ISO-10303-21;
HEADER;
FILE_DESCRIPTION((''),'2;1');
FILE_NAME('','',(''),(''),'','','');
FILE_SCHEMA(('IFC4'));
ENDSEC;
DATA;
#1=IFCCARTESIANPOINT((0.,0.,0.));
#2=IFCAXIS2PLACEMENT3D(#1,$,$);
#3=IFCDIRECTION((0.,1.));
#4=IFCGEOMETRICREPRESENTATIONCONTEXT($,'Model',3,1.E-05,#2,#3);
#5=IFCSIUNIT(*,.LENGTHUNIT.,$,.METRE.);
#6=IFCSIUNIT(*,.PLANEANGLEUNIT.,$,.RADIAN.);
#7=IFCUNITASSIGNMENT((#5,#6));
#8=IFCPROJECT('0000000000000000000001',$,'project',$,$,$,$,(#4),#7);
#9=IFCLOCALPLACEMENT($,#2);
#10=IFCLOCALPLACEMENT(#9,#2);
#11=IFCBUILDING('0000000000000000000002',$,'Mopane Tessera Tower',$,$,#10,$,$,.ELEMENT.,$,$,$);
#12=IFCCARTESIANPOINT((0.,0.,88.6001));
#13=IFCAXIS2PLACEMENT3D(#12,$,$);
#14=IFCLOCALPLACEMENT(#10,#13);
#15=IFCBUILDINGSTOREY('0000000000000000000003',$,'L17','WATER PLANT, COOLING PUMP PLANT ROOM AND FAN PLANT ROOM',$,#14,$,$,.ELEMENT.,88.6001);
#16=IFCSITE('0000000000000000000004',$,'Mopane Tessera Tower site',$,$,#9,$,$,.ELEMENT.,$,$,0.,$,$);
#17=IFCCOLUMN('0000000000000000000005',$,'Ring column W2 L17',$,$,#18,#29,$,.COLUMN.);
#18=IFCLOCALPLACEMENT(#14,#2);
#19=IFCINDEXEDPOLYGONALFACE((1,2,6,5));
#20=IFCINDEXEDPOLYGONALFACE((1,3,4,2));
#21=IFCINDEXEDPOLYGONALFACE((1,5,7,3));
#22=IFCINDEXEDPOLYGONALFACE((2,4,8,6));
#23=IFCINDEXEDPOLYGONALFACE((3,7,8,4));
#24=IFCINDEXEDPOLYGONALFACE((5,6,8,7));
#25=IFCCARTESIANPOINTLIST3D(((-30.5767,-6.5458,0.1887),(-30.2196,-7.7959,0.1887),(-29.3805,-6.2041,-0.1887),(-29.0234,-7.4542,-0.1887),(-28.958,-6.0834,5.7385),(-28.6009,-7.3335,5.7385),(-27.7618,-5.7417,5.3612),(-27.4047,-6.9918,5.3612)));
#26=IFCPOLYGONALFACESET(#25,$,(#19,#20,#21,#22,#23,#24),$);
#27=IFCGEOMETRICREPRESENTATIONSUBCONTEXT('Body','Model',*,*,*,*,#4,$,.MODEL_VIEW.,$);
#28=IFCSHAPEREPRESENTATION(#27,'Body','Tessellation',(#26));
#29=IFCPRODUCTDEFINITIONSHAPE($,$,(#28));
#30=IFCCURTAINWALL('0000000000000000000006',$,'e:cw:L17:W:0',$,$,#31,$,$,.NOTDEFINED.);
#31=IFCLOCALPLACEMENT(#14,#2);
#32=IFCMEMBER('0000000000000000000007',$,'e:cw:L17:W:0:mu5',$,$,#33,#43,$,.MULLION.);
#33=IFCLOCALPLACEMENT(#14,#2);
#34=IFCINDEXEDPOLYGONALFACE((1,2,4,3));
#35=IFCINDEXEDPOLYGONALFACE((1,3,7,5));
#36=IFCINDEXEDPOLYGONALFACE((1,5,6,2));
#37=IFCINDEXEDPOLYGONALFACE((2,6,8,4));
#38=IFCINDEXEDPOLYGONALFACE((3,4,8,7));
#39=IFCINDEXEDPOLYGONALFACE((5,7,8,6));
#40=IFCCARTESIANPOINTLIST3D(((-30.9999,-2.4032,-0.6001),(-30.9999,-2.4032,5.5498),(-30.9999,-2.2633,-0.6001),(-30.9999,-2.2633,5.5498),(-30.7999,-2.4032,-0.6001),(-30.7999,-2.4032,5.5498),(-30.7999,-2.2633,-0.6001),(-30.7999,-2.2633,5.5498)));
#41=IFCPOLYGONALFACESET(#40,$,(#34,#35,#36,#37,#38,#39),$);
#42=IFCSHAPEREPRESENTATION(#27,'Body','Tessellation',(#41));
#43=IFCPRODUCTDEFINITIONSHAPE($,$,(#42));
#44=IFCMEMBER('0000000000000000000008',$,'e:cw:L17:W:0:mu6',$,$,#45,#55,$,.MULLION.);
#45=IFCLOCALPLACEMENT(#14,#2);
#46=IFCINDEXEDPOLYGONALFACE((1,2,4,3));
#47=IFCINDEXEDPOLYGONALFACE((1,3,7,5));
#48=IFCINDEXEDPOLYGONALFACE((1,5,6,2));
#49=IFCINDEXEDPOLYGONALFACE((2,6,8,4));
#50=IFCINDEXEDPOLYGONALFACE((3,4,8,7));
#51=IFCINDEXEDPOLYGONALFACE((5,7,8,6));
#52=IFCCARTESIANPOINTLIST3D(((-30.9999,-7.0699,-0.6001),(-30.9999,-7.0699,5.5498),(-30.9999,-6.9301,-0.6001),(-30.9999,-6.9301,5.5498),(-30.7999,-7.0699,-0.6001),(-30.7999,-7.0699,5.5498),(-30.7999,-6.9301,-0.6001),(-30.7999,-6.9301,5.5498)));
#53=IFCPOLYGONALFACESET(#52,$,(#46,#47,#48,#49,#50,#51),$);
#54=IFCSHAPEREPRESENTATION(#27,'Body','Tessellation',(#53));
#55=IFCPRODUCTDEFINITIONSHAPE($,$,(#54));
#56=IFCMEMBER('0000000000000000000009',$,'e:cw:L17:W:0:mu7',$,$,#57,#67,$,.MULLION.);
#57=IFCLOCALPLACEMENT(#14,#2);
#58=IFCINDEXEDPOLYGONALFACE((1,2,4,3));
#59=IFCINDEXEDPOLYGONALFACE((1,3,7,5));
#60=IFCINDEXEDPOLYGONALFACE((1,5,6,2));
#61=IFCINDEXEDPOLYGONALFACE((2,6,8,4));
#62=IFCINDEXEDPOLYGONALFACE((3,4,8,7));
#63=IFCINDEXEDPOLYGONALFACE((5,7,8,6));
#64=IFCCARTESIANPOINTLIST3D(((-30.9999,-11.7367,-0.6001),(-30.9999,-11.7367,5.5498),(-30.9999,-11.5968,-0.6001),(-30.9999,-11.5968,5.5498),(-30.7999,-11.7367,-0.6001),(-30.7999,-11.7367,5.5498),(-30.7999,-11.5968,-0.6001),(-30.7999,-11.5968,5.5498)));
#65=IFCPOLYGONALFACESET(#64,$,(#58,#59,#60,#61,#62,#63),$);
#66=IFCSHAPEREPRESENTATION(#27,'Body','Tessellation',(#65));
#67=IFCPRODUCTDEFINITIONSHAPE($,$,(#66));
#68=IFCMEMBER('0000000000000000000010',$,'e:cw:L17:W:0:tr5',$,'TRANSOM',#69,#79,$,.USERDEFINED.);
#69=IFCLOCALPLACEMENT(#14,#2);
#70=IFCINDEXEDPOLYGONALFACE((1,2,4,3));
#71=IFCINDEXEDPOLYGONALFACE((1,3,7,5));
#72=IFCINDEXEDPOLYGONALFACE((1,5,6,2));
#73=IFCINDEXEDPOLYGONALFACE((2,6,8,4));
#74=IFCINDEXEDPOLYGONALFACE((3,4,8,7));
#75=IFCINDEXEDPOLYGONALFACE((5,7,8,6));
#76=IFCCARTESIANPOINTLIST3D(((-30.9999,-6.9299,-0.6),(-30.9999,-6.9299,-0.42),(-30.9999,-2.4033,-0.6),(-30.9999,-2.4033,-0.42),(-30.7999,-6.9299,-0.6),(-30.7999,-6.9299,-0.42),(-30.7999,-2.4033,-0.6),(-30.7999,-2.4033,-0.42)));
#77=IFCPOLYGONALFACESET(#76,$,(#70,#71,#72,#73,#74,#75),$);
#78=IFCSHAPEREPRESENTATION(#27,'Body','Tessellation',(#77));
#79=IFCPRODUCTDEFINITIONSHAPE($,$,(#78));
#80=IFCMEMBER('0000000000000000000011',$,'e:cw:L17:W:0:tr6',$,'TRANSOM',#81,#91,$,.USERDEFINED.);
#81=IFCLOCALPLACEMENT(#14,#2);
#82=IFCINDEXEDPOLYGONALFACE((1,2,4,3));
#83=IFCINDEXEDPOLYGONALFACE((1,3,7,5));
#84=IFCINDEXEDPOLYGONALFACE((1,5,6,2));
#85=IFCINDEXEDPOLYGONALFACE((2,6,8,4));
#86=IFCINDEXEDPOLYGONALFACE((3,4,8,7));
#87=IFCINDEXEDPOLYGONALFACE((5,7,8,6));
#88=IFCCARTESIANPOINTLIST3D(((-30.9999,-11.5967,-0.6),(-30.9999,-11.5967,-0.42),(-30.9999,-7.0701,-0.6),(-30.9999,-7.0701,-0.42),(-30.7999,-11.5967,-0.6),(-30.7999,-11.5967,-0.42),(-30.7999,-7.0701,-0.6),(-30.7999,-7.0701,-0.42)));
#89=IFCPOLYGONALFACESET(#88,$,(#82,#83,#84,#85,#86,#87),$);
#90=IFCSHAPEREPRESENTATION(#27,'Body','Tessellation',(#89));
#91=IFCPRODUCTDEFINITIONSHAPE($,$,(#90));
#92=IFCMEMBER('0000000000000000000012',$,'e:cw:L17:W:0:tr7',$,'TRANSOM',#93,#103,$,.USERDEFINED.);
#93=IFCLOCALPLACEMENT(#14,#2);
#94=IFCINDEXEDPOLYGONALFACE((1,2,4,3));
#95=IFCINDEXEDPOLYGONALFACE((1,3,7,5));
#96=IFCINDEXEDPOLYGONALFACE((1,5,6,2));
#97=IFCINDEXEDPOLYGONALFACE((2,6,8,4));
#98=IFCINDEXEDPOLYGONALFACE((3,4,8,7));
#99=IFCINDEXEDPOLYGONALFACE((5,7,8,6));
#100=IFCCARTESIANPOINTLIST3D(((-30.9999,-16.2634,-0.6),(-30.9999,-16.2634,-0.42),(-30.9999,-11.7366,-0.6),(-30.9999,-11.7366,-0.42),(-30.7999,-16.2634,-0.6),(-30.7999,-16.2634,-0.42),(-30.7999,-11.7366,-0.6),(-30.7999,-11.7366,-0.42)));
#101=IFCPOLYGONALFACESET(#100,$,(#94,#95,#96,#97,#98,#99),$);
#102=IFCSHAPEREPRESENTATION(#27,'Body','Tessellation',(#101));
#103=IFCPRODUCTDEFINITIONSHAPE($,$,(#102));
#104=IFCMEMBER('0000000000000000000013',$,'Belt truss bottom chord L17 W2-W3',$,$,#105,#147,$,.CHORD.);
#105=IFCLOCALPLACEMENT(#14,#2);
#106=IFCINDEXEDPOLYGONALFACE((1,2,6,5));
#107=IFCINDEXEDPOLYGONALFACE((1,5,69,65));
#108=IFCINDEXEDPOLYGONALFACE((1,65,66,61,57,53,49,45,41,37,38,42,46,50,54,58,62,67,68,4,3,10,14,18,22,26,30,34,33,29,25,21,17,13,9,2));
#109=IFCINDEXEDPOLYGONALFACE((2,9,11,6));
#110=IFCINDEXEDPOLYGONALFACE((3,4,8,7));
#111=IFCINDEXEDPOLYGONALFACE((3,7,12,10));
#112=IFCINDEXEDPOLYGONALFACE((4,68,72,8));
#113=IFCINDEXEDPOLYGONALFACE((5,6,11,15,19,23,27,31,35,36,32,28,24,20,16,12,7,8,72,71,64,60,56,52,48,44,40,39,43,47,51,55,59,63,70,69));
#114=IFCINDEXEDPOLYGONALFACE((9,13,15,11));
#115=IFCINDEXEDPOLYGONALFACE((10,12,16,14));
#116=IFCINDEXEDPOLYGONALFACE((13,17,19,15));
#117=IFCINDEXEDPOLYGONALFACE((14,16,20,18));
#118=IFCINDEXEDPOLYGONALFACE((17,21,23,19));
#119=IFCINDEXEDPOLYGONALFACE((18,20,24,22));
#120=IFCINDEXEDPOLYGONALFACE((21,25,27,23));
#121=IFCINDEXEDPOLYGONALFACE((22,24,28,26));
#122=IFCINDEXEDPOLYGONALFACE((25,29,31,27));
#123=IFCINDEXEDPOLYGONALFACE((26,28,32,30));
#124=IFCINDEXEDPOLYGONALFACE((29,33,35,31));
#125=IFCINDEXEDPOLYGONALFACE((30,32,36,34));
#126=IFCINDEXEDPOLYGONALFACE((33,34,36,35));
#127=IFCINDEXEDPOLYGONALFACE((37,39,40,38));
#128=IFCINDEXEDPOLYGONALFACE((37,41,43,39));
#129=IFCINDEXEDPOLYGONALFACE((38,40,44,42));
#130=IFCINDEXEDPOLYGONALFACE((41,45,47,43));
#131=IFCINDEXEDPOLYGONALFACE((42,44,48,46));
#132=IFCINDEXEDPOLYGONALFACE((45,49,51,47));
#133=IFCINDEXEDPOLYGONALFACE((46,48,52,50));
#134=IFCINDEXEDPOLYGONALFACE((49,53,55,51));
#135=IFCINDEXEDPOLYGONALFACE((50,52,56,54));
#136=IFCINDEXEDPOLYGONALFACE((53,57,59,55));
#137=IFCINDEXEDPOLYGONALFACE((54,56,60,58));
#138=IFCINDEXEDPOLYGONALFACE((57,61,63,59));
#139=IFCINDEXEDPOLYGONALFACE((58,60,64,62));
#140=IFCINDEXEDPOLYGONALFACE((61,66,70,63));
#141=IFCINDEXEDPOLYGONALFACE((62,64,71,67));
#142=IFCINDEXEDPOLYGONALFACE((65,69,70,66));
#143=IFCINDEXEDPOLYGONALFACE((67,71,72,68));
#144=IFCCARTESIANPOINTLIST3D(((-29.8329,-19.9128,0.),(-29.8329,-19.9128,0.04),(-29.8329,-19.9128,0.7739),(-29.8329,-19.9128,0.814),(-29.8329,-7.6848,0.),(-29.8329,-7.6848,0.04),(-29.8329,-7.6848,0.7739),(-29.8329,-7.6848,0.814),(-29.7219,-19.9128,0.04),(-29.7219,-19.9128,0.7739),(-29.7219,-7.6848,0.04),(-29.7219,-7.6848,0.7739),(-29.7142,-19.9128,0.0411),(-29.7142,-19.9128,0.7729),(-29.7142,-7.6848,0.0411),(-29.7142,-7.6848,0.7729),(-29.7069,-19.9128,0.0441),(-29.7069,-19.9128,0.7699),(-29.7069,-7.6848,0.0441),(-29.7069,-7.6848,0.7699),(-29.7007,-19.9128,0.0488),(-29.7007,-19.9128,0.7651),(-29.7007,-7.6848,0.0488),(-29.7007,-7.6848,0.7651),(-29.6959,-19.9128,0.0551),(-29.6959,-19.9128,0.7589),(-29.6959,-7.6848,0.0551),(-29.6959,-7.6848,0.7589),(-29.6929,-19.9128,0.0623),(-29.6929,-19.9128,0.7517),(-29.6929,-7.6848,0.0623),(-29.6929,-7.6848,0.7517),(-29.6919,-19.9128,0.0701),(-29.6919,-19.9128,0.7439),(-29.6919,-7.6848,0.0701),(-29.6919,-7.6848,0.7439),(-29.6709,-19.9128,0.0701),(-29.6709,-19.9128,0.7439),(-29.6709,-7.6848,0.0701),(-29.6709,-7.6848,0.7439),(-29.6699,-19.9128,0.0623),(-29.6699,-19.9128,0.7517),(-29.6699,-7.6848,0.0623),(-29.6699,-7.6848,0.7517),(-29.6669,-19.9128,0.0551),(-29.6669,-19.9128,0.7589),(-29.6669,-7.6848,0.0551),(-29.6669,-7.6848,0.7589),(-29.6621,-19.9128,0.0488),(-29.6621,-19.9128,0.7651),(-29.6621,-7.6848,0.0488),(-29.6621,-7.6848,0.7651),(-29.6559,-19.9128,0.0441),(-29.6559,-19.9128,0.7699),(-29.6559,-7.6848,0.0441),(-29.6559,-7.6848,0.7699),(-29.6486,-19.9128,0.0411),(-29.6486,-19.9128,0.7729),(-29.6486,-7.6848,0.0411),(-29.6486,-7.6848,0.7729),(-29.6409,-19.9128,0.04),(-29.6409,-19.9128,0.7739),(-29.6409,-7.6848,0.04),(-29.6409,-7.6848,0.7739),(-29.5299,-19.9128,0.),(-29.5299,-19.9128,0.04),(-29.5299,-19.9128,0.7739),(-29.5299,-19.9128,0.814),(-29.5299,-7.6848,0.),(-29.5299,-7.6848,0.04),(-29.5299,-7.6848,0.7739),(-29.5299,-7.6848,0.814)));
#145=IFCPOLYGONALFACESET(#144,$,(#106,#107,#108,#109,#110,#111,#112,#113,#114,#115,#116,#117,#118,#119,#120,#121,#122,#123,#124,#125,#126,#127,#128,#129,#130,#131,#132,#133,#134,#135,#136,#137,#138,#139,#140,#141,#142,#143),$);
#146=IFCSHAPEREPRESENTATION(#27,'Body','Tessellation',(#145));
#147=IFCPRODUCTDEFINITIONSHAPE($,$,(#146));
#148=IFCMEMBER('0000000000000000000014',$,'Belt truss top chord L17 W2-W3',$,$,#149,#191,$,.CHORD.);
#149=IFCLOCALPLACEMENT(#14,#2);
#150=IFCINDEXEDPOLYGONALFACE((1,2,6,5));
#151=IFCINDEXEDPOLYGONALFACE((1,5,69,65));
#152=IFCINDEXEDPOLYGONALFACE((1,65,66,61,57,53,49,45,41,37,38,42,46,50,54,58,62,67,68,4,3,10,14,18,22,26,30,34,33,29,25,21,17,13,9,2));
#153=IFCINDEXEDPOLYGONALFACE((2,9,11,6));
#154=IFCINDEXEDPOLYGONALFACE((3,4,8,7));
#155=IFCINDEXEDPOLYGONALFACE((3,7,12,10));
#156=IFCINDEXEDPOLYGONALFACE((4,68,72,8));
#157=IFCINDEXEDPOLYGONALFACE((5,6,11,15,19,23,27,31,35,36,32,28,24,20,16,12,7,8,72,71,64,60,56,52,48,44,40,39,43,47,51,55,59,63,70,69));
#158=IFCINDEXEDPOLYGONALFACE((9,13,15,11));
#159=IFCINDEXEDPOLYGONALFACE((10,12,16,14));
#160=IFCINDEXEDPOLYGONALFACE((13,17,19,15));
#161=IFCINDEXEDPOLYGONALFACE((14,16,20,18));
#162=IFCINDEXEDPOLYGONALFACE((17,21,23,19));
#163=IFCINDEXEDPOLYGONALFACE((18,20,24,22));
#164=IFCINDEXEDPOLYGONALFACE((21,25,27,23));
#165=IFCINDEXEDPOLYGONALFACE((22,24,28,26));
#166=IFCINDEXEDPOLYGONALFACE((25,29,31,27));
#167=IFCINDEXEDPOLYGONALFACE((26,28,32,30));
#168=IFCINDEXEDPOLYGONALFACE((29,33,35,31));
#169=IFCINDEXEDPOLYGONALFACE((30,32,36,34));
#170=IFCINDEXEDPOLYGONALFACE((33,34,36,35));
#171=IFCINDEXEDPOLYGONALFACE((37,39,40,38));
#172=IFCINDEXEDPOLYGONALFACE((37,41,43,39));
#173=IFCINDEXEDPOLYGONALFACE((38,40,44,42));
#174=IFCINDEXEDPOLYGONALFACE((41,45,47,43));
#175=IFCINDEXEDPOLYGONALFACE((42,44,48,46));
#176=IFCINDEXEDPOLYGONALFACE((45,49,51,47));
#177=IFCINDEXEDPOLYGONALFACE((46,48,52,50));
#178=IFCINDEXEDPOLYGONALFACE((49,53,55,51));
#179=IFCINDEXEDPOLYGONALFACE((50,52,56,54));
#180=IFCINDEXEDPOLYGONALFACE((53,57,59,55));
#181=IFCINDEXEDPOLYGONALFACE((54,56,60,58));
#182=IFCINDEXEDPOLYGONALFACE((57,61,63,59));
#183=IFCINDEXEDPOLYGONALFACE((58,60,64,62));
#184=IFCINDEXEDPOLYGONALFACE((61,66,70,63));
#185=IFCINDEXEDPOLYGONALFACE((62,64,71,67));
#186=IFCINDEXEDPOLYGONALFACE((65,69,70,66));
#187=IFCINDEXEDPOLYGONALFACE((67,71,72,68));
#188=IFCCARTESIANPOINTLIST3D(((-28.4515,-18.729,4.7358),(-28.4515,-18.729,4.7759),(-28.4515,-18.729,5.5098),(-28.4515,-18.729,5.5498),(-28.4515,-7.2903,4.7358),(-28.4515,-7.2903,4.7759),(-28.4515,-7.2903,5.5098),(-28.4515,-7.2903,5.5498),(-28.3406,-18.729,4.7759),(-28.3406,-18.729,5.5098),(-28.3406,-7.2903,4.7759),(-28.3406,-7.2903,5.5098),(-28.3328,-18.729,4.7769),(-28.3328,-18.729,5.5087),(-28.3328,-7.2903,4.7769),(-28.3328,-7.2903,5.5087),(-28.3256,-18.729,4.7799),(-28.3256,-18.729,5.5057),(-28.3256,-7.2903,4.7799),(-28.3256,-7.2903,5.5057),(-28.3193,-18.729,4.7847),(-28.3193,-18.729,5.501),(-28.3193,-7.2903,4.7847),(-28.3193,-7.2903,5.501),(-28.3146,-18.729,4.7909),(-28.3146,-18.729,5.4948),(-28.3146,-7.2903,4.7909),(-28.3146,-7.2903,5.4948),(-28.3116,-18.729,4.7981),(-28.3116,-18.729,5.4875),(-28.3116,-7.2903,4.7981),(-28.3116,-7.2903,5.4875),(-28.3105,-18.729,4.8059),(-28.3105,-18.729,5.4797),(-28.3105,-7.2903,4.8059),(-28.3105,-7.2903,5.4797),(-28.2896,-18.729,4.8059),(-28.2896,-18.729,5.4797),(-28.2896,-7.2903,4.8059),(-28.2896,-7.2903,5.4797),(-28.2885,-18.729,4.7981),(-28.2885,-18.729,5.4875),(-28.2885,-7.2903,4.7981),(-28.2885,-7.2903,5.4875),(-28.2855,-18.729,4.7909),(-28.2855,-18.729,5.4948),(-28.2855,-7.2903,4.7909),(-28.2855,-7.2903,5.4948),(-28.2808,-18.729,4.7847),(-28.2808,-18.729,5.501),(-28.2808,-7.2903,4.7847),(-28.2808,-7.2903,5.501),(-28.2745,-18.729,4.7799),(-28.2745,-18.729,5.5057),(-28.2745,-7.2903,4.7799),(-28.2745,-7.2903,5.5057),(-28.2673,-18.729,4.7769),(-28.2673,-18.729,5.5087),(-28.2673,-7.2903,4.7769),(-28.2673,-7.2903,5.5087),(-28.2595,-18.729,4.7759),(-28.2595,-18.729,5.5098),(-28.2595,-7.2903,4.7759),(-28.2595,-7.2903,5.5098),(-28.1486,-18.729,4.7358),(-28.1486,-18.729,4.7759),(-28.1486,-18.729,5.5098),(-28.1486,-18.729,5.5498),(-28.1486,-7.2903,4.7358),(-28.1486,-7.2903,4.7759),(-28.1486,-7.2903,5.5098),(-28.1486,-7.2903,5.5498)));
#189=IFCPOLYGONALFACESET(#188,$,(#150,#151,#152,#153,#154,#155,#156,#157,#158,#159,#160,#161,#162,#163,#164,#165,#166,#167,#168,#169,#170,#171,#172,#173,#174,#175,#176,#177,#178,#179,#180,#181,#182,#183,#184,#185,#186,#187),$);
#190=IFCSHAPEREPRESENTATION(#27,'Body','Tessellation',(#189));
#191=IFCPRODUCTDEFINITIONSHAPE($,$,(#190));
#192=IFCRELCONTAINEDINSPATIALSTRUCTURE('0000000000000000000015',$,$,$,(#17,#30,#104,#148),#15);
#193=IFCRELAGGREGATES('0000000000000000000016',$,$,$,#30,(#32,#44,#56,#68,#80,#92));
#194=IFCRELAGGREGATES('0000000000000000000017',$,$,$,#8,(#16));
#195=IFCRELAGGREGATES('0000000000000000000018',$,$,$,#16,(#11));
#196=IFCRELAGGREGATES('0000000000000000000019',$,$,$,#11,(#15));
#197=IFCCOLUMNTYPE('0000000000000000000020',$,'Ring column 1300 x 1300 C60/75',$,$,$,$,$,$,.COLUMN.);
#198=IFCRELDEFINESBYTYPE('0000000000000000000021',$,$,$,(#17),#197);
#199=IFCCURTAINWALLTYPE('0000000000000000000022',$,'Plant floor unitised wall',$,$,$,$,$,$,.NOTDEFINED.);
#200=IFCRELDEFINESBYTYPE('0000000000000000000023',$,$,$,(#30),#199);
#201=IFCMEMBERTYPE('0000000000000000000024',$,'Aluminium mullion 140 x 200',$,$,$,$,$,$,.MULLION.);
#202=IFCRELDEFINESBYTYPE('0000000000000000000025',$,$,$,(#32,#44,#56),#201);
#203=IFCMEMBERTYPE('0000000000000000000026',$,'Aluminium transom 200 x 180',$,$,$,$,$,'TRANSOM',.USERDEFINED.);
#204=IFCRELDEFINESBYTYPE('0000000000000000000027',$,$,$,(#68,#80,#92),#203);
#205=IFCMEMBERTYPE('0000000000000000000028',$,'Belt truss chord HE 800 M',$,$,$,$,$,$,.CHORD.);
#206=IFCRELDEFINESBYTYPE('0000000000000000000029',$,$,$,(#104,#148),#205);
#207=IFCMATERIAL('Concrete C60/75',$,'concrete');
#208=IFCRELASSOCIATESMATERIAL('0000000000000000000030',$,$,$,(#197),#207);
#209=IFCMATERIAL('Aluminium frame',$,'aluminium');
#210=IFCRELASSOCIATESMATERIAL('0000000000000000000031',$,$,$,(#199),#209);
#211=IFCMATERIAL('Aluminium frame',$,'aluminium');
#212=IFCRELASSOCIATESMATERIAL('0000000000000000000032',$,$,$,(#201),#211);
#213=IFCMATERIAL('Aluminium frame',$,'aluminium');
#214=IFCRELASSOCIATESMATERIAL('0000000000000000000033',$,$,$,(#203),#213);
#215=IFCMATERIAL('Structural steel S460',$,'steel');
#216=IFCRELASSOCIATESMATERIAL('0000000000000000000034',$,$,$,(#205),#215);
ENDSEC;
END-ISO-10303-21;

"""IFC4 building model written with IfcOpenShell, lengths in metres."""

from ifc_helpers import new_model, si_unit, direction, frame, origin, origin_2d, place, context, subcontext, project, spatial, rectangle, i_section, extrude, material, material_profile, profile_set, type_object, element, aggregate, save


model = new_model("IFC4")

# Units and contexts
model_context = context("Model", 3, precision=1e-05, world=origin(), true_north=direction((0.0, 1.0)))
body_context = subcontext(model_context, "Body", "Model", "MODEL_VIEW")
ifc_project = project(units=[si_unit("LENGTHUNIT", "METRE"), si_unit("PLANEANGLEUNIT", "RADIAN")], contexts=[model_context])

# Site, building, storey
site_placement = place(None, origin())
site = spatial("IfcSite", under=ifc_project, at=site_placement, Name="Mopane Tessera Tower site", CompositionType="ELEMENT", RefElevation=0.0)
building_placement = place(site_placement, origin())
building = spatial("IfcBuilding", under=site, at=building_placement, Name="Mopane Tessera Tower", CompositionType="ELEMENT")
storey_placement = place(building_placement, frame((0.0, 0.0, 88.6001)))
storey = spatial("IfcBuildingStorey", under=building, at=storey_placement, Name="L17", Description="WATER PLANT, COOLING PUMP PLANT ROOM AND FAN PLANT ROOM", CompositionType="ELEMENT", Elevation=88.6001)

# Column
ifc_material_1 = material(Name="Concrete C60/75", Category="concrete")
ifc_material_profile_1 = material_profile(ifc_material_1, rectangle(XDim=1.3, YDim=1.3, at=origin_2d()))
ifc_profile_set_1 = profile_set([ifc_material_profile_1], Name="Concrete C60/75")
column_type = type_object("IfcColumnType", Name="Ring column 1300 x 1300 C60/75", PredefinedType="COLUMN", material=ifc_profile_set_1)
column_placement = place(storey_placement, frame((-29.8, -7.0, 0.0), z_axis=(0.279102, 0.079731, 0.956946), x_axis=(-0.274683, 0.961535, 0.0)))
element("IfcColumn", 1, at=column_placement, inside=storey, type_object=column_type, Name="Ring column W2 L17", PredefinedType="COLUMN", context=body_context, shape_type="SweptSolid", body=[
    extrude(rectangle(XDim=1.3, YDim=1.3, at=origin_2d()), origin(), (0.0, 0.0, 1.0), 5.7996),
])

# Curtain wall, members
ifc_material_2 = material(Name="Aluminium frame", Category="aluminium")
curtain_wall_type = type_object("IfcCurtainWallType", Name="Plant floor unitised wall", PredefinedType="NOTDEFINED", material=ifc_material_2)
curtain_wall_placement = place(storey_placement, origin())
curtain_wall = element("IfcCurtainWall", 2, at=curtain_wall_placement, inside=storey, type_object=curtain_wall_type, Name="e:cw:L17:W:0", PredefinedType="NOTDEFINED")
ifc_material_3 = material(Name="Aluminium frame", Category="aluminium")
ifc_material_profile_2 = material_profile(ifc_material_3, rectangle(XDim=0.1399, YDim=0.2, at=origin_2d()))
ifc_profile_set_2 = profile_set([ifc_material_profile_2], Name="Aluminium frame")
member_type_1 = type_object("IfcMemberType", Name="Aluminium mullion 140 x 200", PredefinedType="MULLION", material=ifc_profile_set_2)
member_1_placement = place(storey_placement, frame((-30.8999, -2.3333, -0.6001), z_axis=(0.0, 0.0, 1.0), x_axis=(0.0, -1.0, 0.0)))
member_1 = element("IfcMember", 3, at=member_1_placement, type_object=member_type_1, Name="e:cw:L17:W:0:mu5", PredefinedType="MULLION", context=body_context, shape_type="SweptSolid", body=[
    extrude(rectangle(XDim=0.1399, YDim=0.2, at=origin_2d()), origin(), (0.0, 0.0, 1.0), 6.1499),
])
member_2_placement = place(storey_placement, frame((-30.8999, -7.0, -0.6001), z_axis=(0.0, 0.0, 1.0), x_axis=(0.0, -1.0, 0.0)))
member_2 = element("IfcMember", 4, at=member_2_placement, type_object=member_type_1, Name="e:cw:L17:W:0:mu6", PredefinedType="MULLION", context=body_context, shape_type="SweptSolid", body=[
    extrude(rectangle(XDim=0.1399, YDim=0.2, at=origin_2d()), origin(), (0.0, 0.0, 1.0), 6.1499),
])
member_3_placement = place(storey_placement, frame((-30.8999, -11.6667, -0.6001), z_axis=(0.0, 0.0, 1.0), x_axis=(0.0, -1.0, 0.0)))
member_3 = element("IfcMember", 5, at=member_3_placement, type_object=member_type_1, Name="e:cw:L17:W:0:mu7", PredefinedType="MULLION", context=body_context, shape_type="SweptSolid", body=[
    extrude(rectangle(XDim=0.1399, YDim=0.2, at=origin_2d()), origin(), (0.0, 0.0, 1.0), 6.1499),
])
ifc_material_4 = material(Name="Aluminium frame", Category="aluminium")
ifc_material_profile_3 = material_profile(ifc_material_4, rectangle(XDim=0.2, YDim=0.1799, at=origin_2d()))
ifc_profile_set_3 = profile_set([ifc_material_profile_3], Name="Aluminium frame")
member_type_2 = type_object("IfcMemberType", Name="Aluminium transom 200 x 180", ElementType="TRANSOM", PredefinedType="USERDEFINED", material=ifc_profile_set_3)
member_4_placement = place(storey_placement, frame((-30.8999, -2.4033, -0.51), z_axis=(0.0, -1.0, 0.0), x_axis=(1.0, 0.0, 0.0)))
member_4 = element("IfcMember", 6, at=member_4_placement, type_object=member_type_2, Name="e:cw:L17:W:0:tr5", ObjectType="TRANSOM", PredefinedType="USERDEFINED", context=body_context, shape_type="SweptSolid", body=[
    extrude(rectangle(XDim=0.2, YDim=0.1799, at=origin_2d()), origin(), (0.0, 0.0, 1.0), 4.5266),
])
member_5_placement = place(storey_placement, frame((-30.8999, -7.0701, -0.51), z_axis=(0.0, -1.0, 0.0), x_axis=(1.0, 0.0, 0.0)))
member_5 = element("IfcMember", 7, at=member_5_placement, type_object=member_type_2, Name="e:cw:L17:W:0:tr6", ObjectType="TRANSOM", PredefinedType="USERDEFINED", context=body_context, shape_type="SweptSolid", body=[
    extrude(rectangle(XDim=0.2, YDim=0.1799, at=origin_2d()), origin(), (0.0, 0.0, 1.0), 4.5266),
])
member_6_placement = place(storey_placement, frame((-30.8999, -11.7366, -0.51), z_axis=(0.0, -1.0, 0.0), x_axis=(1.0, 0.0, 0.0)))
member_6 = element("IfcMember", 8, at=member_6_placement, type_object=member_type_2, Name="e:cw:L17:W:0:tr7", ObjectType="TRANSOM", PredefinedType="USERDEFINED", context=body_context, shape_type="SweptSolid", body=[
    extrude(rectangle(XDim=0.2, YDim=0.1799, at=origin_2d()), origin(), (0.0, 0.0, 1.0), 4.5269),
])

# Members
ifc_material_5 = material(Name="Structural steel S460", Category="steel")
ifc_material_profile_4 = material_profile(ifc_material_5, i_section(OverallWidth=0.303, OverallDepth=0.814, WebThickness=0.021, FlangeThickness=0.04, FilletRadius=0.03, at=origin_2d()))
ifc_profile_set_4 = profile_set([ifc_material_profile_4], Name="Structural steel S460")
member_type_3 = type_object("IfcMemberType", Name="Belt truss chord HE 800 M", PredefinedType="CHORD", material=ifc_profile_set_4)
member_7_placement = place(storey_placement, frame((-29.6814, -7.6848, 0.407), z_axis=(0.0, -1.0, 0.0), x_axis=(1.0, 0.0, 0.0)))
element("IfcMember", 9, at=member_7_placement, inside=storey, type_object=member_type_3, Name="Belt truss bottom chord L17 W2-W3", PredefinedType="CHORD", context=body_context, shape_type="SweptSolid", body=[
    extrude(i_section(OverallWidth=0.303, OverallDepth=0.814, WebThickness=0.021, FlangeThickness=0.04, FilletRadius=0.03, at=origin_2d()), origin(), (0.0, 0.0, 1.0), 12.228),
])
member_8_placement = place(storey_placement, frame((-28.3, -7.2903, 5.1428), z_axis=(0.0, -1.0, 0.0), x_axis=(1.0, 0.0, 0.0)))
element("IfcMember", 10, at=member_8_placement, inside=storey, type_object=member_type_3, Name="Belt truss top chord L17 W2-W3", PredefinedType="CHORD", context=body_context, shape_type="SweptSolid", body=[
    extrude(i_section(OverallWidth=0.303, OverallDepth=0.814, WebThickness=0.021, FlangeThickness=0.04, FilletRadius=0.03, at=origin_2d()), origin(), (0.0, 0.0, 1.0), 11.4387),
])

aggregate(curtain_wall, [member_1, member_2, member_3, member_4, member_5, member_6])

save(model, "model.ifc")
